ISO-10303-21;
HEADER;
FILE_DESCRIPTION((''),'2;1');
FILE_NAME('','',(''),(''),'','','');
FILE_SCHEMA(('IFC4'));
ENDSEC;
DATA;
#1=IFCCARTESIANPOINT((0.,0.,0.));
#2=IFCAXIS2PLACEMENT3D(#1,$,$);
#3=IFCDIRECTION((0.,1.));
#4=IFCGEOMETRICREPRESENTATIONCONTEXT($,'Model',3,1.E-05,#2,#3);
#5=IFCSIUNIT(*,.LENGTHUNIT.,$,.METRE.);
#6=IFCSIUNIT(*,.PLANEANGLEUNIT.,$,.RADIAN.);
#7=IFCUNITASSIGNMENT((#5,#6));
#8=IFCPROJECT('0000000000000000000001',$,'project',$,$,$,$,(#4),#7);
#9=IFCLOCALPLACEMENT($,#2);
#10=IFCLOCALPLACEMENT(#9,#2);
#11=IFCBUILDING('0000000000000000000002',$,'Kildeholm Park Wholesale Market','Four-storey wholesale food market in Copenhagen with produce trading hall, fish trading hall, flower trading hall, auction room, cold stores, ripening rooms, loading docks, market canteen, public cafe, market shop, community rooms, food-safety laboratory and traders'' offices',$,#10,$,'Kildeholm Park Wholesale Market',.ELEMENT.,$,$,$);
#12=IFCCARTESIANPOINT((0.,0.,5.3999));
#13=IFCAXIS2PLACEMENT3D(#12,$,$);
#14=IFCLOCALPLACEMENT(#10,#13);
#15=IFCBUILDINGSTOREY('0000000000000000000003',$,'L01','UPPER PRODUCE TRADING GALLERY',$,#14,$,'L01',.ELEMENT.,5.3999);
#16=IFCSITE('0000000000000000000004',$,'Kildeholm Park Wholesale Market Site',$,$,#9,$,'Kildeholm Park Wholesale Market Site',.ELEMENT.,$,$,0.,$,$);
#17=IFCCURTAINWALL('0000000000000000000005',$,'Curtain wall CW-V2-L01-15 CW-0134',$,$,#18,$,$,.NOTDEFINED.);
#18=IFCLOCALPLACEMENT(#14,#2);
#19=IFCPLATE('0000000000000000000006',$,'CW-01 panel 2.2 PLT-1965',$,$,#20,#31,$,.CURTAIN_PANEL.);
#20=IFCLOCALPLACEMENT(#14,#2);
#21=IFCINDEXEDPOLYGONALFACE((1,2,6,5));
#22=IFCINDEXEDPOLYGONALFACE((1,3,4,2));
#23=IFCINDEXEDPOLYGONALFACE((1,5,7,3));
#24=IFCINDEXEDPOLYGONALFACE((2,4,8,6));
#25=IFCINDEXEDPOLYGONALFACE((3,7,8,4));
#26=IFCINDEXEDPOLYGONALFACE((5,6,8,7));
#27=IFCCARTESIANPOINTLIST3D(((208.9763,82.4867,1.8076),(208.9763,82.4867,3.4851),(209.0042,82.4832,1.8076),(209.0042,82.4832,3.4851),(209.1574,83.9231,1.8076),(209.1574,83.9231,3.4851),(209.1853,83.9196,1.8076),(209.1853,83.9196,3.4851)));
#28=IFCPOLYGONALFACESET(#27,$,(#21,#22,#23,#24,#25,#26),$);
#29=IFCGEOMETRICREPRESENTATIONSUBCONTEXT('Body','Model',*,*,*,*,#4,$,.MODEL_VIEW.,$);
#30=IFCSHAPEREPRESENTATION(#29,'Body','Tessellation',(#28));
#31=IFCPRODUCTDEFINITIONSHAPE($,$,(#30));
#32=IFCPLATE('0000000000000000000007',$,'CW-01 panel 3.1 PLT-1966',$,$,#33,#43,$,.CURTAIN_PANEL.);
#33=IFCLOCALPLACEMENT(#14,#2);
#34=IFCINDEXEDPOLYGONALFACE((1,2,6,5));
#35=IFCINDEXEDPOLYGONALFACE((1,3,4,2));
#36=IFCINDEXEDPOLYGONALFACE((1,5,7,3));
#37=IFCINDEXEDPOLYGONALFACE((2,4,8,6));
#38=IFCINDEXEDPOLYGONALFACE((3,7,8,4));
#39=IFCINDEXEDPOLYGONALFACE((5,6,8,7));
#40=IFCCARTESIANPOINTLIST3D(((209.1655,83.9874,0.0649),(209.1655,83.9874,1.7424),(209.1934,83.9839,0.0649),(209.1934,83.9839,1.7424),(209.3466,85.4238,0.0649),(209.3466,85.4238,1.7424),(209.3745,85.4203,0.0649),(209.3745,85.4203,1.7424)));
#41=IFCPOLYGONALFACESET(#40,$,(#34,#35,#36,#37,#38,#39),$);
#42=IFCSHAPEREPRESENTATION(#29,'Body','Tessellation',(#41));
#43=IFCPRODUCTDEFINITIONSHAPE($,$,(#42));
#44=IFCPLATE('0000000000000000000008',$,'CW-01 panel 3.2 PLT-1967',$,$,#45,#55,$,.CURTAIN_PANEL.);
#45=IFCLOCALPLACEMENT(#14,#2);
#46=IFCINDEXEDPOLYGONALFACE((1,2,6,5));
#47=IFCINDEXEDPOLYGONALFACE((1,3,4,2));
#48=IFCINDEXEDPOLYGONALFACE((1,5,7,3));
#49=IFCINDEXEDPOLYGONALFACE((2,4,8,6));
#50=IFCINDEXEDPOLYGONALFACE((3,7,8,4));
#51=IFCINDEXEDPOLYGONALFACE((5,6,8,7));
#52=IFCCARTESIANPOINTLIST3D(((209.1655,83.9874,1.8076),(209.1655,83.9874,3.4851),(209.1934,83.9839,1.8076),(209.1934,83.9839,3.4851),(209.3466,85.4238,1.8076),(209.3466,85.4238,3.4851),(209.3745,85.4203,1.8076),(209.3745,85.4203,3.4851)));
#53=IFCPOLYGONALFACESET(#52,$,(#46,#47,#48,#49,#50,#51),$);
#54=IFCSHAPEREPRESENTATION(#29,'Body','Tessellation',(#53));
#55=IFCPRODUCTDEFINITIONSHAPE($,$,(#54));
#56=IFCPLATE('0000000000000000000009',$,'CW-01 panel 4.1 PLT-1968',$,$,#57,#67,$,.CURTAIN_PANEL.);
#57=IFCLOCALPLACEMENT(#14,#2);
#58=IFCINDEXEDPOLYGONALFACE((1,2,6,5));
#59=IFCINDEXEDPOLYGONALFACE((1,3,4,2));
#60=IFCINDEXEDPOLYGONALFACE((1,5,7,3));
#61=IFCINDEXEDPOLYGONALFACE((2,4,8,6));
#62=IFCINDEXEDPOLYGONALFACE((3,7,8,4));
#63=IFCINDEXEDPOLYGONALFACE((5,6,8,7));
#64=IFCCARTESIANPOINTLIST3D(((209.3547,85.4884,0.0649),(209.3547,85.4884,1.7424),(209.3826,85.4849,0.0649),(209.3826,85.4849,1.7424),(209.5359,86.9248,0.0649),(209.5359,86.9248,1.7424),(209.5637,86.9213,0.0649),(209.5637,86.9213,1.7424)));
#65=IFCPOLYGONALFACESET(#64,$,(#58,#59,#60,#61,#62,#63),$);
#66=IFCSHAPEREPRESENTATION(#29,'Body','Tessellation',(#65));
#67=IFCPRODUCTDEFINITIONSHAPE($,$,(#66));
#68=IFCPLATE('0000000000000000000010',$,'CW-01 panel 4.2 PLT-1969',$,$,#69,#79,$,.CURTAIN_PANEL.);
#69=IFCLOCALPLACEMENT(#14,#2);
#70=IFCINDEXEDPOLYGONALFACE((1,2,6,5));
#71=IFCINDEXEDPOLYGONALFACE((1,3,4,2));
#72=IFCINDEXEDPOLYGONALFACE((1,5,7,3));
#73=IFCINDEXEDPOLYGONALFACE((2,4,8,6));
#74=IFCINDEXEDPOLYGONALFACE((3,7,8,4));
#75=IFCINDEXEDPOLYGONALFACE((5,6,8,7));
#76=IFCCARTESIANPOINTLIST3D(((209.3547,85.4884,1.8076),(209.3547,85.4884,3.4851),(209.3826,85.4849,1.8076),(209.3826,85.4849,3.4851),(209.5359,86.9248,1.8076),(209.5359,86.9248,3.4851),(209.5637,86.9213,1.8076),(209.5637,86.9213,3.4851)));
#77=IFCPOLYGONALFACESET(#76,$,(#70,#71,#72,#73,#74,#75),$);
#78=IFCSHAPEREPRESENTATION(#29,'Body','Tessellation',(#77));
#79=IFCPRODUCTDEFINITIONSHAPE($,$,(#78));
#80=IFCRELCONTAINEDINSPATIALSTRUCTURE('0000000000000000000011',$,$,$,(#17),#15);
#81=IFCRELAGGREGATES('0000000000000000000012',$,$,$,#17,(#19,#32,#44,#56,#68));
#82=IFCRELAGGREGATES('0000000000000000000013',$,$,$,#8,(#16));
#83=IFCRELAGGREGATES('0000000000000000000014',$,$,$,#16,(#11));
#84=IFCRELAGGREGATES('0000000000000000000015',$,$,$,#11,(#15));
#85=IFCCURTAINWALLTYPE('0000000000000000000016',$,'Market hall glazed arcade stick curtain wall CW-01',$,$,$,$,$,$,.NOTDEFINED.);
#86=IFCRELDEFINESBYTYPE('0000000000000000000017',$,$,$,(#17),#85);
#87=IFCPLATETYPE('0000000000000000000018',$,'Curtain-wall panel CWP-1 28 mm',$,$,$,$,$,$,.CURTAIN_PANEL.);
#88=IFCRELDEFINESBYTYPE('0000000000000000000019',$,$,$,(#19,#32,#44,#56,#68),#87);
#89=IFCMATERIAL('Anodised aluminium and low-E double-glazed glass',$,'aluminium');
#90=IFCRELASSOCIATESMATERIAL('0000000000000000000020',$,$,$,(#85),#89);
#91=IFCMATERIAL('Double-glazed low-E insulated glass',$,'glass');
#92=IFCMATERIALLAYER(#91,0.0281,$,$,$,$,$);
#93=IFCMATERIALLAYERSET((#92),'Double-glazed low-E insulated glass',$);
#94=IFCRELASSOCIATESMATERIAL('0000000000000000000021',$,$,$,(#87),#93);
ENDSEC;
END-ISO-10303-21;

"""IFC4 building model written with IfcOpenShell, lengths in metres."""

from ifc_helpers import new_model, si_unit, direction, frame, origin, origin_2d, place, context, subcontext, project, spatial, rectangle, extrude, material, layer, layer_set, type_object, element, aggregate, save


model = new_model("IFC4")

# Units and contexts
model_context = context("Model", 3, precision=1e-05, world=origin(), true_north=direction((0.0, 1.0)))
body_context = subcontext(model_context, "Body", "Model", "MODEL_VIEW")
ifc_project = project(units=[si_unit("LENGTHUNIT", "METRE"), si_unit("PLANEANGLEUNIT", "RADIAN")], contexts=[model_context])

# Site, building, storey
site_placement = place(None, origin())
site = spatial("IfcSite", under=ifc_project, at=site_placement, Name="Kildeholm Park Wholesale Market Site", LongName="Kildeholm Park Wholesale Market Site", CompositionType="ELEMENT", RefElevation=0.0)
building_placement = place(site_placement, origin())
building = spatial("IfcBuilding", under=site, at=building_placement, Name="Kildeholm Park Wholesale Market", Description="Four-storey wholesale food market in Copenhagen with produce trading hall, fish trading hall, flower trading hall, auction room, cold stores, ripening rooms, loading docks, market canteen, public cafe, market shop, community rooms, food-safety laboratory and traders' offices", LongName="Kildeholm Park Wholesale Market", CompositionType="ELEMENT")
storey_placement = place(building_placement, frame((0.0, 0.0, 5.3999)))
storey = spatial("IfcBuildingStorey", under=building, at=storey_placement, Name="L01", Description="UPPER PRODUCE TRADING GALLERY", LongName="L01", CompositionType="ELEMENT", Elevation=5.3999)

# Curtain wall
ifc_material_1 = material(Name="Anodised aluminium and low-E double-glazed glass", Category="aluminium")
curtain_wall_type = type_object("IfcCurtainWallType", Name="Market hall glazed arcade stick curtain wall CW-01", PredefinedType="NOTDEFINED", material=ifc_material_1)
curtain_wall_1_placement = place(storey_placement, origin())
curtain_wall_1 = element("IfcCurtainWall", 1, at=curtain_wall_1_placement, inside=storey, type_object=curtain_wall_type, Name="Curtain wall CW-V2-L01-15 CW-0134", PredefinedType="NOTDEFINED")

# Plates
ifc_material_2 = material(Name="Double-glazed low-E insulated glass", Category="glass")
ifc_layer = layer(ifc_material_2, 0.0281)
ifc_layer_set = layer_set([ifc_layer], Name="Double-glazed low-E insulated glass")
plate_type = type_object("IfcPlateType", Name="Curtain-wall panel CWP-1 28 mm", PredefinedType="CURTAIN_PANEL", material=ifc_layer_set)
plate_1_placement = place(storey_placement, frame((209.0808, 83.2031, 1.8076), z_axis=(0.0, 0.0, 1.0), x_axis=(0.125092, 0.992145, 0.0)))
plate_1 = element("IfcPlate", 2, at=plate_1_placement, type_object=plate_type, Name="CW-01 panel 2.2 PLT-1965", PredefinedType="CURTAIN_PANEL", context=body_context, shape_type="SweptSolid", body=[
    extrude(rectangle(XDim=1.4478, YDim=0.0281, at=origin_2d()), origin(), (0.0, 0.0, 1.0), 1.6775),
])
plate_2_placement = place(storey_placement, frame((209.27, 84.7039, 0.0649), z_axis=(0.0, 0.0, 1.0), x_axis=(0.125092, 0.992145, 0.0)))
plate_2 = element("IfcPlate", 3, at=plate_2_placement, type_object=plate_type, Name="CW-01 panel 3.1 PLT-1966", PredefinedType="CURTAIN_PANEL", context=body_context, shape_type="SweptSolid", body=[
    extrude(rectangle(XDim=1.4478, YDim=0.0281, at=origin_2d()), origin(), (0.0, 0.0, 1.0), 1.6775),
])
plate_3_placement = place(storey_placement, frame((209.27, 84.7039, 1.8076), z_axis=(0.0, 0.0, 1.0), x_axis=(0.125092, 0.992145, 0.0)))
plate_3 = element("IfcPlate", 4, at=plate_3_placement, type_object=plate_type, Name="CW-01 panel 3.2 PLT-1967", PredefinedType="CURTAIN_PANEL", context=body_context, shape_type="SweptSolid", body=[
    extrude(rectangle(XDim=1.4478, YDim=0.0281, at=origin_2d()), origin(), (0.0, 0.0, 1.0), 1.6775),
])
plate_4_placement = place(storey_placement, frame((209.4592, 86.2048, 0.0649), z_axis=(0.0, 0.0, 1.0), x_axis=(0.125092, 0.992145, 0.0)))
plate_4 = element("IfcPlate", 5, at=plate_4_placement, type_object=plate_type, Name="CW-01 panel 4.1 PLT-1968", PredefinedType="CURTAIN_PANEL", context=body_context, shape_type="SweptSolid", body=[
    extrude(rectangle(XDim=1.4478, YDim=0.0281, at=origin_2d()), origin(), (0.0, 0.0, 1.0), 1.6775),
])
plate_5_placement = place(storey_placement, frame((209.4592, 86.2048, 1.8076), z_axis=(0.0, 0.0, 1.0), x_axis=(0.125092, 0.992145, 0.0)))
plate_5 = element("IfcPlate", 6, at=plate_5_placement, type_object=plate_type, Name="CW-01 panel 4.2 PLT-1969", PredefinedType="CURTAIN_PANEL", context=body_context, shape_type="SweptSolid", body=[
    extrude(rectangle(XDim=1.4478, YDim=0.0281, at=origin_2d()), origin(), (0.0, 0.0, 1.0), 1.6775),
])
aggregate(curtain_wall_1, [plate_1, plate_2, plate_3, plate_4, plate_5])

save(model, "model.ifc")
